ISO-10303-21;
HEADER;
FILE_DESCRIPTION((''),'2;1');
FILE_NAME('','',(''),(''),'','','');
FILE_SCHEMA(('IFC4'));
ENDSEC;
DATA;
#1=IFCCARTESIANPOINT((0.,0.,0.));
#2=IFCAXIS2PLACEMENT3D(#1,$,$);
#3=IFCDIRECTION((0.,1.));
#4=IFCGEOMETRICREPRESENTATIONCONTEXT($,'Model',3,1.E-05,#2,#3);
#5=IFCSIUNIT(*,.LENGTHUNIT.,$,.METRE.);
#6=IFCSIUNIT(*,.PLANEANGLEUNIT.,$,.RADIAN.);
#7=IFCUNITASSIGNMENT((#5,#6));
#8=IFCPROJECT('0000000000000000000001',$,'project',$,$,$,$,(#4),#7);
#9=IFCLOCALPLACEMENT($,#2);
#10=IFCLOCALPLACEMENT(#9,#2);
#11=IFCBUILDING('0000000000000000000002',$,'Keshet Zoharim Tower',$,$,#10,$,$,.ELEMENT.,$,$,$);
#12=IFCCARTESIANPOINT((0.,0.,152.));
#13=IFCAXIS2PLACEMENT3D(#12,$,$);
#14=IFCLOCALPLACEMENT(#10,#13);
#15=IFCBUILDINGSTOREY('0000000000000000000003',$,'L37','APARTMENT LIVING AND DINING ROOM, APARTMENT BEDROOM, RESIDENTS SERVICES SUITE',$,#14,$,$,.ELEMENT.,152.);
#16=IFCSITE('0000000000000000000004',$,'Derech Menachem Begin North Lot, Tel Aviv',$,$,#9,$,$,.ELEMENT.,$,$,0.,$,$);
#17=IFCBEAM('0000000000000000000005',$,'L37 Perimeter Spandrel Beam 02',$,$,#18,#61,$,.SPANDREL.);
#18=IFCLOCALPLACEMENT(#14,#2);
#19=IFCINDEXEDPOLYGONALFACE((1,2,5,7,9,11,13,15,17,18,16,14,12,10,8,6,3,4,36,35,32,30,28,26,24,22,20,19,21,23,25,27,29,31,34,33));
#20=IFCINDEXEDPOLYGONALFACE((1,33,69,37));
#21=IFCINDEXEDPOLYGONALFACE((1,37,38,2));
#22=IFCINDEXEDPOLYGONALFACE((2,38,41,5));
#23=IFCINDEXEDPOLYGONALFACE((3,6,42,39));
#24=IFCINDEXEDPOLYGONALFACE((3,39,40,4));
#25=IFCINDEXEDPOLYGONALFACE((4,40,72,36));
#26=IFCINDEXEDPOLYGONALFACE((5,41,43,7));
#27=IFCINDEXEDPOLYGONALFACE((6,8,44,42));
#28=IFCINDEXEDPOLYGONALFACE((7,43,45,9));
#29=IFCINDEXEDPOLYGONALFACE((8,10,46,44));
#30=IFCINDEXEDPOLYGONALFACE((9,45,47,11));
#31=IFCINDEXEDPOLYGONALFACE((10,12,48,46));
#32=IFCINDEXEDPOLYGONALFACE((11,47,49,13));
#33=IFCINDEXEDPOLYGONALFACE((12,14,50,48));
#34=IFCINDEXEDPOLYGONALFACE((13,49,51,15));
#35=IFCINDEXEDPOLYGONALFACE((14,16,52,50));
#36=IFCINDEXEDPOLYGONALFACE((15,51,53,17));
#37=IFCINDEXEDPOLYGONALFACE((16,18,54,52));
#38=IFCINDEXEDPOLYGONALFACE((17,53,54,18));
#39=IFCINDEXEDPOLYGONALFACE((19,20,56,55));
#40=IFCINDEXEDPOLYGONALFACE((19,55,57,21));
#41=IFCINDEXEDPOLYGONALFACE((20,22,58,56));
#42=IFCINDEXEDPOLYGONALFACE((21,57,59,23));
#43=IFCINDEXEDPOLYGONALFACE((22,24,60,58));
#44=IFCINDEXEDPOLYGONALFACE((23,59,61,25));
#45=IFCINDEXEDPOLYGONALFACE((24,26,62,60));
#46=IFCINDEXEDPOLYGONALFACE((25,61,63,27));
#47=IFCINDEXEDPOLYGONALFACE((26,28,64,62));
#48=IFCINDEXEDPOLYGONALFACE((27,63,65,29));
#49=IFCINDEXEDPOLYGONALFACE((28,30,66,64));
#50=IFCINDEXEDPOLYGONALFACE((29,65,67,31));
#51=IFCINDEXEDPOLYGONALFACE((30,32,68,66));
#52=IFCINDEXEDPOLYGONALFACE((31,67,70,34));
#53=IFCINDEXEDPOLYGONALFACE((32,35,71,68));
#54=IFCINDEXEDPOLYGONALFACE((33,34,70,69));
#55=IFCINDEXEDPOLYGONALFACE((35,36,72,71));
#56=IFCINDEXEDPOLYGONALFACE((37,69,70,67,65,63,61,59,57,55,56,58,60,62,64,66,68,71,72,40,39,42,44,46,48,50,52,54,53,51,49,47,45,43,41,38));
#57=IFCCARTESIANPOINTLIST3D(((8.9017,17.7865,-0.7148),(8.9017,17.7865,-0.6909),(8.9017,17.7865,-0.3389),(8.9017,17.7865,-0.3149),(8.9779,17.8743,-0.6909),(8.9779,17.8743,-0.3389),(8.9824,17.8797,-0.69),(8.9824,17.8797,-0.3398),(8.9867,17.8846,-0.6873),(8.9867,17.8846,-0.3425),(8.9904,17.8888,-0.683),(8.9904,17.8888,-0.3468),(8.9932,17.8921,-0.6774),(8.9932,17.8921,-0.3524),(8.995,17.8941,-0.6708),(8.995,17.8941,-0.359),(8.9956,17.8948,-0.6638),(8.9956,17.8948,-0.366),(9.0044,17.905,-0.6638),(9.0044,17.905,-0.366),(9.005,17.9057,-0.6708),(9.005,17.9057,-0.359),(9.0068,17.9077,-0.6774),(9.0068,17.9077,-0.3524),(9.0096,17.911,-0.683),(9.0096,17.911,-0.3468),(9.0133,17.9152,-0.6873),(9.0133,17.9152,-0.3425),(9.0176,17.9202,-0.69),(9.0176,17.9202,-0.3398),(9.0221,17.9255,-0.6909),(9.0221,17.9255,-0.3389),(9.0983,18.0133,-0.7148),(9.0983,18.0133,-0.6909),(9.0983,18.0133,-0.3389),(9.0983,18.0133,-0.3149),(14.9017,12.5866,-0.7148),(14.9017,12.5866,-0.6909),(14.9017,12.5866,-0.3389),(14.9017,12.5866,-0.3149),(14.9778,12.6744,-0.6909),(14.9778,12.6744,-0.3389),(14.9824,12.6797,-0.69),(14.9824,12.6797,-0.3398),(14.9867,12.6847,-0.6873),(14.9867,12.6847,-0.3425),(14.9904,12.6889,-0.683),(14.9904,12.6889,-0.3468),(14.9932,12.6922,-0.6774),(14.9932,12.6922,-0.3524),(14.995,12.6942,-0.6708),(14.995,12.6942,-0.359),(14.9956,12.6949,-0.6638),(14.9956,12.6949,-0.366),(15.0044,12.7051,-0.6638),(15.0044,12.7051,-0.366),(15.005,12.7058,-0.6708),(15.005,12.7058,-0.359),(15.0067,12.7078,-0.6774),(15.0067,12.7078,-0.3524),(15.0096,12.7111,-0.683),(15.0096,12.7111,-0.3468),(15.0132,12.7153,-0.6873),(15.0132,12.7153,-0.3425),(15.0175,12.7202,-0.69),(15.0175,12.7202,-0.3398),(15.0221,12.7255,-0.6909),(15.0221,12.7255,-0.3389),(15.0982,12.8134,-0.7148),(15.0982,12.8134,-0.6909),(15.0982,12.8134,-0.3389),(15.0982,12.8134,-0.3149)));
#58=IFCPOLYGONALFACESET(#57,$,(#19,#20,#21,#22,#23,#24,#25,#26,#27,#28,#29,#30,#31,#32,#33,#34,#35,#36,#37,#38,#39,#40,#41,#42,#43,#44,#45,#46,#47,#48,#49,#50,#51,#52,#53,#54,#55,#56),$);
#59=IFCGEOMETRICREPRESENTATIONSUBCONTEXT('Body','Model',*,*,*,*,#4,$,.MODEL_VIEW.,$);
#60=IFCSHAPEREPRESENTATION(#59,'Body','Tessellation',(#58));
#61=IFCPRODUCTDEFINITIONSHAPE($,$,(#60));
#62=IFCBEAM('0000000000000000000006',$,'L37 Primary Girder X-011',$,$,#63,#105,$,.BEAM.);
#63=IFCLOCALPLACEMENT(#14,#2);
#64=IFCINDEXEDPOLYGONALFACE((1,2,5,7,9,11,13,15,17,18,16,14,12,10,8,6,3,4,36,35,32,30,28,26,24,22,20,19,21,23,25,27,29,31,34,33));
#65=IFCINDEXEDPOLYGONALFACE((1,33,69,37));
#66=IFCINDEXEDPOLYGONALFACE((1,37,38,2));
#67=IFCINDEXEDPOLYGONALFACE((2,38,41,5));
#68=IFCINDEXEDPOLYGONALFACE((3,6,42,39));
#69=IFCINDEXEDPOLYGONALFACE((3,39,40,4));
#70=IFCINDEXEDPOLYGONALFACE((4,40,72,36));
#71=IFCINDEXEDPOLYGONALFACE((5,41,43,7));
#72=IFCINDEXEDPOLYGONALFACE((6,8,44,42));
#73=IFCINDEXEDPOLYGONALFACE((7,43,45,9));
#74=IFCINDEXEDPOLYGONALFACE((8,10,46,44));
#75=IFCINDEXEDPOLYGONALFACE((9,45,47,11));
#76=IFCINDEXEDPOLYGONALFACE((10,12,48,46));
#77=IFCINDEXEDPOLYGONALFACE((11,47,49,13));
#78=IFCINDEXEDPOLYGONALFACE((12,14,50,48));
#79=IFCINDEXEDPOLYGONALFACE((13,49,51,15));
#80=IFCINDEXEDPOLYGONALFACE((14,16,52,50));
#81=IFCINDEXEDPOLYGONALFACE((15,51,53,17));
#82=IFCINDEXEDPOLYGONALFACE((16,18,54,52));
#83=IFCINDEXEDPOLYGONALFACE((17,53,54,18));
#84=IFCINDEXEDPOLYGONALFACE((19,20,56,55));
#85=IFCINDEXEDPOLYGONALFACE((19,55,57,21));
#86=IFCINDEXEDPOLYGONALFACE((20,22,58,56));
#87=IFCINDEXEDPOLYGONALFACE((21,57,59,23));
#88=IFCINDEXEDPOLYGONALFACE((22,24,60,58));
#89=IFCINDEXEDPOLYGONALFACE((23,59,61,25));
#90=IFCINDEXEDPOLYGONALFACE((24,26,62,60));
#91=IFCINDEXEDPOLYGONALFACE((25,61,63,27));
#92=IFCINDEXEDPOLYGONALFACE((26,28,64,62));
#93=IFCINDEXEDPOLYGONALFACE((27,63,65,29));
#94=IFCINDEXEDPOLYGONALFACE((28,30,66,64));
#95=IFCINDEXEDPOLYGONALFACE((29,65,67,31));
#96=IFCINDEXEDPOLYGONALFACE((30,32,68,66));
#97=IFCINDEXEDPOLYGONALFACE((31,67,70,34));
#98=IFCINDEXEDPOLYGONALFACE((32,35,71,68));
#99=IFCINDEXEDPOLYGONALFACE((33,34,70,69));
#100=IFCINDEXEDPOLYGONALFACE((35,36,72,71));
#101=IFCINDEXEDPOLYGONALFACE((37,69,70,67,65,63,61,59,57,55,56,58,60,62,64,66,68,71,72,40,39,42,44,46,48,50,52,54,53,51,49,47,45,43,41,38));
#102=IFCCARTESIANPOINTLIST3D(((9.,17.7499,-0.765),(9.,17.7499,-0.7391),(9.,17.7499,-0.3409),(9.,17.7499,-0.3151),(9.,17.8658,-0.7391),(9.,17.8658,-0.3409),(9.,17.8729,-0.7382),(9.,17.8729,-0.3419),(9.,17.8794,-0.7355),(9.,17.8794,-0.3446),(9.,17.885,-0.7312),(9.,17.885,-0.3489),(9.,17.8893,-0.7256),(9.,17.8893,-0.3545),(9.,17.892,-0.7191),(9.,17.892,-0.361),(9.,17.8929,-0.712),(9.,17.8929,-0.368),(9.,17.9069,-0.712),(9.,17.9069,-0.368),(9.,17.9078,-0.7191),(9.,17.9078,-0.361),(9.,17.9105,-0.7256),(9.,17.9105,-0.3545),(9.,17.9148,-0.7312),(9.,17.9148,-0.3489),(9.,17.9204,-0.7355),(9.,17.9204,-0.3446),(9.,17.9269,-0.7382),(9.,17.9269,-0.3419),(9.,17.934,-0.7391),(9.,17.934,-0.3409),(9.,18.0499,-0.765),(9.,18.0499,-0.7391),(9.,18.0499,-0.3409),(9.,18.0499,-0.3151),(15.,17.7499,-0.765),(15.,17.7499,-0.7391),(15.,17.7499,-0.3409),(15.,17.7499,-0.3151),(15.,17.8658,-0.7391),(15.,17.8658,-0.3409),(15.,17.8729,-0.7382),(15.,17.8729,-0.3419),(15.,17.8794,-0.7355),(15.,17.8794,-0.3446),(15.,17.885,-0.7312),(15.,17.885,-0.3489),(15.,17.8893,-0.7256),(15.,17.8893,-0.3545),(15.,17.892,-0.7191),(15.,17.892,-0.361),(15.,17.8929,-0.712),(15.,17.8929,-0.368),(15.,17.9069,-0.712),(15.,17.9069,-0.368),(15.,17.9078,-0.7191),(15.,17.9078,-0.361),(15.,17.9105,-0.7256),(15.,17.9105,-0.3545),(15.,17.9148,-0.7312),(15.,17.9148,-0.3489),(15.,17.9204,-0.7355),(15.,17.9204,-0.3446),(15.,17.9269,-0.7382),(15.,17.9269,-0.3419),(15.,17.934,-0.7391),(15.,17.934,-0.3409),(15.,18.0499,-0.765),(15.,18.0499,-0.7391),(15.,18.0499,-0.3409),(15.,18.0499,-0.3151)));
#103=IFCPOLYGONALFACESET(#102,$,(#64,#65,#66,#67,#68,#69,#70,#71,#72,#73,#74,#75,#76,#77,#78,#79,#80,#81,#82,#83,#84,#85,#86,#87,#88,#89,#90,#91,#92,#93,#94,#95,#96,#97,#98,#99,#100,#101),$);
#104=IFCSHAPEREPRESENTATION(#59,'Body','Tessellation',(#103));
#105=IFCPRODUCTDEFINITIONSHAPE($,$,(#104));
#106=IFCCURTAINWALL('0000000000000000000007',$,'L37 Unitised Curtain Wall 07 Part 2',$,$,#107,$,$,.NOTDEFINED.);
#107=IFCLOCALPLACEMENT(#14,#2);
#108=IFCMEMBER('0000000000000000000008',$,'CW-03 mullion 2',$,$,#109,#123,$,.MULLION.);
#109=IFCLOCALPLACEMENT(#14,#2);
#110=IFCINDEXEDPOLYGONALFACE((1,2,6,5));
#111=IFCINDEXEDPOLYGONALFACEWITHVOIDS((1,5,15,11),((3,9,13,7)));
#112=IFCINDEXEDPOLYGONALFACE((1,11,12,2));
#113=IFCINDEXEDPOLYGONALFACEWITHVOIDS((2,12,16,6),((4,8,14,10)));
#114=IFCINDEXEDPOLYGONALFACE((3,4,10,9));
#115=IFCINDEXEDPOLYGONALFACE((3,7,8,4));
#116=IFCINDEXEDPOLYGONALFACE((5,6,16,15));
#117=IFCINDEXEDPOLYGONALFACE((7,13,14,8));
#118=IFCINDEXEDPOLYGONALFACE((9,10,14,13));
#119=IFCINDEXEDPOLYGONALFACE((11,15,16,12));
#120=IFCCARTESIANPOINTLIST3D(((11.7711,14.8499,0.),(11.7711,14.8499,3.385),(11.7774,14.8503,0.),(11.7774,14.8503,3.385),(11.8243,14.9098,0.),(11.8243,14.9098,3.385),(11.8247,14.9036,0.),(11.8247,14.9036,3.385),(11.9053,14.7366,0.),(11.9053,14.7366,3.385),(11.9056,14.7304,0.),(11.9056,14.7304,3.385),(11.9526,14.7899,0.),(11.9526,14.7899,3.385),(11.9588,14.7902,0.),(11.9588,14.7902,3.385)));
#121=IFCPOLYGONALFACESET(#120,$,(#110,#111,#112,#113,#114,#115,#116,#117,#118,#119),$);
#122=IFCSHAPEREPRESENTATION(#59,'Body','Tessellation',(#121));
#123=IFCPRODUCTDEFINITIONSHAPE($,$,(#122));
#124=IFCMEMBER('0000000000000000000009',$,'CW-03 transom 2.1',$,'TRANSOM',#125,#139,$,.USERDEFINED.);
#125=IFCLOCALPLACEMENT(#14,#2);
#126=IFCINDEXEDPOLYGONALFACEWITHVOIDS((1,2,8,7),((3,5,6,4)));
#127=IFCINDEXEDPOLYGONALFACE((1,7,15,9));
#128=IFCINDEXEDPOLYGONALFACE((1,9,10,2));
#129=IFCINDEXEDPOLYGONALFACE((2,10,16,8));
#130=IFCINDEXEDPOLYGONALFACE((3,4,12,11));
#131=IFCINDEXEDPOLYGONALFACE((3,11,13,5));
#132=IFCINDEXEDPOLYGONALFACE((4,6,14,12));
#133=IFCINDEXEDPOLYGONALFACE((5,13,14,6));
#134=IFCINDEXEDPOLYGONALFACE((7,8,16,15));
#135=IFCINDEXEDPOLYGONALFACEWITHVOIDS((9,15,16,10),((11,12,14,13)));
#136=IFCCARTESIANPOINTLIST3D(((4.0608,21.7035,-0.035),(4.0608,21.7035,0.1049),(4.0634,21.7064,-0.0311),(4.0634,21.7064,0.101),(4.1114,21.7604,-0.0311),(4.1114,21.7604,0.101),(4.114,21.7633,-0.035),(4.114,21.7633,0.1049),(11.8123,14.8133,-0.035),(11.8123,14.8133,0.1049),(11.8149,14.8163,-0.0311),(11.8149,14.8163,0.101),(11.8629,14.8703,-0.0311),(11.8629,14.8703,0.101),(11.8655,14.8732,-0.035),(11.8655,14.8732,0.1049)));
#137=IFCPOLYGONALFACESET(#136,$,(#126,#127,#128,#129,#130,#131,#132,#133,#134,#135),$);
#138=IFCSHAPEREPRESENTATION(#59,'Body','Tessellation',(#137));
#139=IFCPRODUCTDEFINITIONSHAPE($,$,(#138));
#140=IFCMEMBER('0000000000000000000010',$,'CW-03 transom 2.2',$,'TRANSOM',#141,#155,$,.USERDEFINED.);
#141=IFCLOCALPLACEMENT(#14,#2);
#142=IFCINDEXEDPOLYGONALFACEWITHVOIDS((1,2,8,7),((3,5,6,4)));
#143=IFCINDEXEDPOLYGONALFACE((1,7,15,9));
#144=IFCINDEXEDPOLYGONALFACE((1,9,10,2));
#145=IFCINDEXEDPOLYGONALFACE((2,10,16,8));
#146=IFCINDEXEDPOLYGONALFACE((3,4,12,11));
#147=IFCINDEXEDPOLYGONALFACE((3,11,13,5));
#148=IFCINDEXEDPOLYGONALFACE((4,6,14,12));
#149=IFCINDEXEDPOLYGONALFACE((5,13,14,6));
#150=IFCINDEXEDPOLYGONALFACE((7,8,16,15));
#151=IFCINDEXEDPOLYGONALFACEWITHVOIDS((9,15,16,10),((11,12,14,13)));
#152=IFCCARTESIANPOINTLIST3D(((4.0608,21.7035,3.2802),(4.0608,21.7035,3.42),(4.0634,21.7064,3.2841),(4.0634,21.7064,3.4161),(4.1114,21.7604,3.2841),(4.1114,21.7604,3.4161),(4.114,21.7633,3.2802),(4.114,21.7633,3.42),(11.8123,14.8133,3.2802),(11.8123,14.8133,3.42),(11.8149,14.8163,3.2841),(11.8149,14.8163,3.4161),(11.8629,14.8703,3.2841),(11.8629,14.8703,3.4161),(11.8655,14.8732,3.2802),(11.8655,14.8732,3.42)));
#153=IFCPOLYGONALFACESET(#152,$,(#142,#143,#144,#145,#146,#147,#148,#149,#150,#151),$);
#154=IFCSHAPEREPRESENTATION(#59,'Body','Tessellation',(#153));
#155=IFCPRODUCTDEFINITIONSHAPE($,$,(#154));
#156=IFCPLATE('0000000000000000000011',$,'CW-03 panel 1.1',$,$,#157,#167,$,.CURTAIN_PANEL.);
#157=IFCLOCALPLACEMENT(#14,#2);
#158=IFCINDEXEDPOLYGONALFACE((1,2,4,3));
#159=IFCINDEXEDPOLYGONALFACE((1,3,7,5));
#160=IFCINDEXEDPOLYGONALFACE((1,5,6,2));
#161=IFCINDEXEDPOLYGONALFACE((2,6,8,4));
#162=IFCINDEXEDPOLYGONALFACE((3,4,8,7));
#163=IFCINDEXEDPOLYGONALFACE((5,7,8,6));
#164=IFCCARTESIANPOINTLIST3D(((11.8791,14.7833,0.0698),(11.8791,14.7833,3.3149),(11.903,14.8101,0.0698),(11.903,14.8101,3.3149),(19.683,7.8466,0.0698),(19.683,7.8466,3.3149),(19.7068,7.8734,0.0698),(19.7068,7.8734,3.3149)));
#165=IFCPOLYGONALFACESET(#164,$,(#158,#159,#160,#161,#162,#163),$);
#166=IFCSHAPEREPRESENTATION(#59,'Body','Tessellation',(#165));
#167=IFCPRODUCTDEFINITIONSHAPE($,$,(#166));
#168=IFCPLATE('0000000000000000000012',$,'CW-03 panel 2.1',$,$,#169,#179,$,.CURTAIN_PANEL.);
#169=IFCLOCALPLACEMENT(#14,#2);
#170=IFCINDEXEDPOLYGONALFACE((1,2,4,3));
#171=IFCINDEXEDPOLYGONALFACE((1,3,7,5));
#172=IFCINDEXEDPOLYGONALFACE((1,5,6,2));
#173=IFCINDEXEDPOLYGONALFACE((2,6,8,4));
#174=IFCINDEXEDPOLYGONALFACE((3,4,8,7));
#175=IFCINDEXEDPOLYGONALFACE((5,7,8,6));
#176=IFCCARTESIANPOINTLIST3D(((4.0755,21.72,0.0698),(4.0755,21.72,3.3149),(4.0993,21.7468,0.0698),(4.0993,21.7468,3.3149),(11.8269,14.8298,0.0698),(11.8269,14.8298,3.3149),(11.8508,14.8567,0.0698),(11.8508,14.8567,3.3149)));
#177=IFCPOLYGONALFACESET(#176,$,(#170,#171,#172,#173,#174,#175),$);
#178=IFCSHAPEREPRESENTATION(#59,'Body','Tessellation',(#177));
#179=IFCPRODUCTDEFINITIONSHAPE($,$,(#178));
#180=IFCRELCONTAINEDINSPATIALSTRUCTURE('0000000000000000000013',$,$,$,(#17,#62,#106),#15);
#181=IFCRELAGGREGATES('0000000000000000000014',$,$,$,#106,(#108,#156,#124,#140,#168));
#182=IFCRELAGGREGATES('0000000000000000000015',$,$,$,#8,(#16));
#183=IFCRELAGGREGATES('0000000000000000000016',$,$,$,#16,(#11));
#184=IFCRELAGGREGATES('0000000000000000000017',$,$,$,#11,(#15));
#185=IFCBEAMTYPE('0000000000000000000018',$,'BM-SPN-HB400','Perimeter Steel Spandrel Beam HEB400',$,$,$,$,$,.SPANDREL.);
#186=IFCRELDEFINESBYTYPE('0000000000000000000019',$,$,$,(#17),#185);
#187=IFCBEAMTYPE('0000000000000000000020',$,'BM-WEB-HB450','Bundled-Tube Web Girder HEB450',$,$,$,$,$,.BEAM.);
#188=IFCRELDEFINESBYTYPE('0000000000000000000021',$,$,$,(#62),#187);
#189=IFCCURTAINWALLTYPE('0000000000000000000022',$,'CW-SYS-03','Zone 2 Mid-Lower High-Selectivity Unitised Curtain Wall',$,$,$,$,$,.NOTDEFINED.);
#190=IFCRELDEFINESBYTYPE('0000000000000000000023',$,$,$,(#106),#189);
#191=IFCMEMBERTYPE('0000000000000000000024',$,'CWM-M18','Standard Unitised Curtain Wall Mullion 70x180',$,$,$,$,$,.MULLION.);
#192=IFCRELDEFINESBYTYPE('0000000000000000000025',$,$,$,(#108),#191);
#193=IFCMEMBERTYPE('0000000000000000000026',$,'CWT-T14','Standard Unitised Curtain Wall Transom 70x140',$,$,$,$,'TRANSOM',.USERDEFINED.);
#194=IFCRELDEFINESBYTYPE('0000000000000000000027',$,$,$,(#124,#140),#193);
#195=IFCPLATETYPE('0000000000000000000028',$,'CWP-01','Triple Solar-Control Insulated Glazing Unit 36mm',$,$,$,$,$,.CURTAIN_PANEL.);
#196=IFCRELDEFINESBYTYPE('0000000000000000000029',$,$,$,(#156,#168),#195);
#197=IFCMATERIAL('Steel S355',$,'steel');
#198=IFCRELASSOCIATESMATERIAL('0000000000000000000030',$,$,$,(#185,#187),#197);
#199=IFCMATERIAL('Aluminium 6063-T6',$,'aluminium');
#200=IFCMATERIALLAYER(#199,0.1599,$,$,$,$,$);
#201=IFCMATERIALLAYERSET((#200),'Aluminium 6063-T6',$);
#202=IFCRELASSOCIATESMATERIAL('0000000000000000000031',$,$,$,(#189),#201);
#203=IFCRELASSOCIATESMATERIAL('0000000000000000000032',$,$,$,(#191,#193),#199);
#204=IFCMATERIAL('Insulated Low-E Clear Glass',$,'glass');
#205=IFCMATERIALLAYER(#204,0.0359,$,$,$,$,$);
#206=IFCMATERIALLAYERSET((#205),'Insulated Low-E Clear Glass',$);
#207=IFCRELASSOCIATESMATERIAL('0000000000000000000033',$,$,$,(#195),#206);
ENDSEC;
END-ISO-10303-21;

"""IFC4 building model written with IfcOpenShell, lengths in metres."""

from ifc_helpers import new_model, si_unit, direction, frame, origin, origin_2d, place, context, subcontext, project, spatial, rectangle, hollow_rectangle, i_section, extrude, material, layer, layer_set, material_profile, profile_set, type_object, element, aggregate, save


model = new_model("IFC4")

# Units and contexts
model_context = context("Model", 3, precision=1e-05, world=origin(), true_north=direction((0.0, 1.0)))
body_context = subcontext(model_context, "Body", "Model", "MODEL_VIEW")
ifc_project = project(units=[si_unit("LENGTHUNIT", "METRE"), si_unit("PLANEANGLEUNIT", "RADIAN")], contexts=[model_context])

# Site, building, storey
site_placement = place(None, origin())
site = spatial("IfcSite", under=ifc_project, at=site_placement, Name="Derech Menachem Begin North Lot, Tel Aviv", CompositionType="ELEMENT", RefElevation=0.0)
building_placement = place(site_placement, origin())
building = spatial("IfcBuilding", under=site, at=building_placement, Name="Keshet Zoharim Tower", CompositionType="ELEMENT")
storey_placement = place(building_placement, frame((0.0, 0.0, 152.0)))
storey = spatial("IfcBuildingStorey", under=building, at=storey_placement, Name="L37", Description="APARTMENT LIVING AND DINING ROOM, APARTMENT BEDROOM, RESIDENTS SERVICES SUITE", CompositionType="ELEMENT", Elevation=152.0)

# Shared definitions
ifc_material_1 = material(Name="Steel S355", Category="steel")

# Beams
ifc_material_profile_1 = material_profile(ifc_material_1, i_section(OverallWidth=0.3, OverallDepth=0.3999, WebThickness=0.0134, FlangeThickness=0.0239, FilletRadius=0.0271, at=origin_2d()), Name="HEB400")
ifc_profile_set_1 = profile_set([ifc_material_profile_1], Name="Steel S355")
beam_type_1 = type_object("IfcBeamType", Name="BM-SPN-HB400", Description="Perimeter Steel Spandrel Beam HEB400", PredefinedType="SPANDREL", material=ifc_profile_set_1)
beam_1_placement = place(storey_placement, frame((9.0, 17.8999, -0.5149), z_axis=(0.755692, -0.654927, 0.0), x_axis=(0.654927, 0.755692, 0.0)))
element("IfcBeam", 1, at=beam_1_placement, inside=storey, type_object=beam_type_1, Name="L37 Perimeter Spandrel Beam 02", PredefinedType="SPANDREL", context=body_context, shape_type="SweptSolid", body=[
    extrude(i_section(OverallWidth=0.3, OverallDepth=0.3999, WebThickness=0.0134, FlangeThickness=0.0239, FilletRadius=0.0271, at=origin_2d()), origin(), (0.0, 0.0, 1.0), 7.9397),
])
ifc_material_profile_2 = material_profile(ifc_material_1, i_section(OverallWidth=0.3, OverallDepth=0.45, WebThickness=0.0139, FlangeThickness=0.0259, FilletRadius=0.0271, at=origin_2d()), Name="HEB450")
ifc_profile_set_2 = profile_set([ifc_material_profile_2], Name="Steel S355")
beam_type_2 = type_object("IfcBeamType", Name="BM-WEB-HB450", Description="Bundled-Tube Web Girder HEB450", PredefinedType="BEAM", material=ifc_profile_set_2)
beam_2_placement = place(storey_placement, frame((9.0, 17.8999, -0.54), z_axis=(1.0, 0.0, 0.0), x_axis=(0.0, 1.0, 0.0)))
element("IfcBeam", 2, at=beam_2_placement, inside=storey, type_object=beam_type_2, Name="L37 Primary Girder X-011", PredefinedType="BEAM", context=body_context, shape_type="SweptSolid", body=[
    extrude(i_section(OverallWidth=0.3, OverallDepth=0.45, WebThickness=0.0139, FlangeThickness=0.0259, FilletRadius=0.0271, at=origin_2d()), origin(), (0.0, 0.0, 1.0), 6.0),
])

# Curtain wall, members, plates
ifc_material_2 = material(Name="Aluminium 6063-T6", Category="aluminium")
ifc_layer_1 = layer(ifc_material_2, 0.1599)
ifc_layer_set_1 = layer_set([ifc_layer_1], Name="Aluminium 6063-T6")
curtain_wall_type = type_object("IfcCurtainWallType", Name="CW-SYS-03", Description="Zone 2 Mid-Lower High-Selectivity Unitised Curtain Wall", PredefinedType="NOTDEFINED", material=ifc_layer_set_1)
curtain_wall_placement = place(storey_placement, origin())
curtain_wall = element("IfcCurtainWall", 3, at=curtain_wall_placement, inside=storey, type_object=curtain_wall_type, Name="L37 Unitised Curtain Wall 07 Part 2", PredefinedType="NOTDEFINED")
ifc_material_profile_3 = material_profile(ifc_material_2, hollow_rectangle(XDim=0.0801, YDim=0.1799, WallThickness=0.0044, at=origin_2d()), Name="MUL-80x180")
ifc_profile_set_3 = profile_set([ifc_material_profile_3], Name="Aluminium 6063-T6")
member_type_1 = type_object("IfcMemberType", Name="CWM-M18", Description="Standard Unitised Curtain Wall Mullion 70x180", PredefinedType="MULLION", material=ifc_profile_set_3)
member_1_placement = place(storey_placement, frame((11.865, 14.8201, 0.0), z_axis=(0.0, 0.0, 1.0), x_axis=(-0.664364, -0.74741, 0.0)))
member_1 = element("IfcMember", 4, at=member_1_placement, type_object=member_type_1, Name="CW-03 mullion 2", PredefinedType="MULLION", context=body_context, shape_type="SweptSolid", body=[
    extrude(hollow_rectangle(XDim=0.0801, YDim=0.1799, WallThickness=0.0044, at=origin_2d()), origin(), (0.0, 0.0, 1.0), 3.385),
])
ifc_material_profile_4 = material_profile(ifc_material_2, hollow_rectangle(XDim=0.0801, YDim=0.1399, WallThickness=0.0039, at=origin_2d()), Name="TRN-80x140")
ifc_profile_set_4 = profile_set([ifc_material_profile_4], Name="Aluminium 6063-T6")
member_type_2 = type_object("IfcMemberType", Name="CWT-T14", Description="Standard Unitised Curtain Wall Transom 70x140", ElementType="TRANSOM", PredefinedType="USERDEFINED", material=ifc_profile_set_4)
member_2_placement = place(storey_placement, frame((11.8389, 14.8433, 0.0349), z_axis=(-0.747412, 0.664361, 0.0), x_axis=(-0.664361, -0.747412, 0.0)))
member_2 = element("IfcMember", 5, at=member_2_placement, type_object=member_type_2, Name="CW-03 transom 2.1", ObjectType="TRANSOM", PredefinedType="USERDEFINED", context=body_context, shape_type="SweptSolid", body=[
    extrude(hollow_rectangle(XDim=0.0801, YDim=0.1399, WallThickness=0.0039, at=origin_2d()), origin(), (0.0, 0.0, 1.0), 10.3711),
])
member_3_placement = place(storey_placement, frame((11.8389, 14.8433, 3.3501), z_axis=(-0.747412, 0.664361, 0.0), x_axis=(-0.664361, -0.747412, 0.0)))
member_3 = element("IfcMember", 6, at=member_3_placement, type_object=member_type_2, Name="CW-03 transom 2.2", ObjectType="TRANSOM", PredefinedType="USERDEFINED", context=body_context, shape_type="SweptSolid", body=[
    extrude(hollow_rectangle(XDim=0.0801, YDim=0.1399, WallThickness=0.0039, at=origin_2d()), origin(), (0.0, 0.0, 1.0), 10.3711),
])
ifc_material_3 = material(Name="Insulated Low-E Clear Glass", Category="glass")
ifc_layer_2 = layer(ifc_material_3, 0.0359)
ifc_layer_set_2 = layer_set([ifc_layer_2], Name="Insulated Low-E Clear Glass")
plate_type = type_object("IfcPlateType", Name="CWP-01", Description="Triple Solar-Control Insulated Glazing Unit 36mm", PredefinedType="CURTAIN_PANEL", material=ifc_layer_set_2)
plate_1_placement = place(storey_placement, frame((15.793, 11.3284, 0.0698), z_axis=(0.0, 0.0, 1.0), x_axis=(-0.74741, 0.664364, 0.0)))
plate_1 = element("IfcPlate", 7, at=plate_1_placement, type_object=plate_type, Name="CW-03 panel 1.1", PredefinedType="CURTAIN_PANEL", context=body_context, shape_type="SweptSolid", body=[
    extrude(rectangle(XDim=10.4412, YDim=0.0359, at=origin_2d()), origin(), (0.0, 0.0, 1.0), 3.2451),
])
plate_2_placement = place(storey_placement, frame((7.9631, 18.2883, 0.0698), z_axis=(0.0, 0.0, 1.0), x_axis=(-0.74741, 0.664364, 0.0)))
plate_2 = element("IfcPlate", 8, at=plate_2_placement, type_object=plate_type, Name="CW-03 panel 2.1", PredefinedType="CURTAIN_PANEL", context=body_context, shape_type="SweptSolid", body=[
    extrude(rectangle(XDim=10.3711, YDim=0.0359, at=origin_2d()), origin(), (0.0, 0.0, 1.0), 3.2451),
])
aggregate(curtain_wall, [member_1, plate_1, member_2, member_3, plate_2])

save(model, "model.ifc")
